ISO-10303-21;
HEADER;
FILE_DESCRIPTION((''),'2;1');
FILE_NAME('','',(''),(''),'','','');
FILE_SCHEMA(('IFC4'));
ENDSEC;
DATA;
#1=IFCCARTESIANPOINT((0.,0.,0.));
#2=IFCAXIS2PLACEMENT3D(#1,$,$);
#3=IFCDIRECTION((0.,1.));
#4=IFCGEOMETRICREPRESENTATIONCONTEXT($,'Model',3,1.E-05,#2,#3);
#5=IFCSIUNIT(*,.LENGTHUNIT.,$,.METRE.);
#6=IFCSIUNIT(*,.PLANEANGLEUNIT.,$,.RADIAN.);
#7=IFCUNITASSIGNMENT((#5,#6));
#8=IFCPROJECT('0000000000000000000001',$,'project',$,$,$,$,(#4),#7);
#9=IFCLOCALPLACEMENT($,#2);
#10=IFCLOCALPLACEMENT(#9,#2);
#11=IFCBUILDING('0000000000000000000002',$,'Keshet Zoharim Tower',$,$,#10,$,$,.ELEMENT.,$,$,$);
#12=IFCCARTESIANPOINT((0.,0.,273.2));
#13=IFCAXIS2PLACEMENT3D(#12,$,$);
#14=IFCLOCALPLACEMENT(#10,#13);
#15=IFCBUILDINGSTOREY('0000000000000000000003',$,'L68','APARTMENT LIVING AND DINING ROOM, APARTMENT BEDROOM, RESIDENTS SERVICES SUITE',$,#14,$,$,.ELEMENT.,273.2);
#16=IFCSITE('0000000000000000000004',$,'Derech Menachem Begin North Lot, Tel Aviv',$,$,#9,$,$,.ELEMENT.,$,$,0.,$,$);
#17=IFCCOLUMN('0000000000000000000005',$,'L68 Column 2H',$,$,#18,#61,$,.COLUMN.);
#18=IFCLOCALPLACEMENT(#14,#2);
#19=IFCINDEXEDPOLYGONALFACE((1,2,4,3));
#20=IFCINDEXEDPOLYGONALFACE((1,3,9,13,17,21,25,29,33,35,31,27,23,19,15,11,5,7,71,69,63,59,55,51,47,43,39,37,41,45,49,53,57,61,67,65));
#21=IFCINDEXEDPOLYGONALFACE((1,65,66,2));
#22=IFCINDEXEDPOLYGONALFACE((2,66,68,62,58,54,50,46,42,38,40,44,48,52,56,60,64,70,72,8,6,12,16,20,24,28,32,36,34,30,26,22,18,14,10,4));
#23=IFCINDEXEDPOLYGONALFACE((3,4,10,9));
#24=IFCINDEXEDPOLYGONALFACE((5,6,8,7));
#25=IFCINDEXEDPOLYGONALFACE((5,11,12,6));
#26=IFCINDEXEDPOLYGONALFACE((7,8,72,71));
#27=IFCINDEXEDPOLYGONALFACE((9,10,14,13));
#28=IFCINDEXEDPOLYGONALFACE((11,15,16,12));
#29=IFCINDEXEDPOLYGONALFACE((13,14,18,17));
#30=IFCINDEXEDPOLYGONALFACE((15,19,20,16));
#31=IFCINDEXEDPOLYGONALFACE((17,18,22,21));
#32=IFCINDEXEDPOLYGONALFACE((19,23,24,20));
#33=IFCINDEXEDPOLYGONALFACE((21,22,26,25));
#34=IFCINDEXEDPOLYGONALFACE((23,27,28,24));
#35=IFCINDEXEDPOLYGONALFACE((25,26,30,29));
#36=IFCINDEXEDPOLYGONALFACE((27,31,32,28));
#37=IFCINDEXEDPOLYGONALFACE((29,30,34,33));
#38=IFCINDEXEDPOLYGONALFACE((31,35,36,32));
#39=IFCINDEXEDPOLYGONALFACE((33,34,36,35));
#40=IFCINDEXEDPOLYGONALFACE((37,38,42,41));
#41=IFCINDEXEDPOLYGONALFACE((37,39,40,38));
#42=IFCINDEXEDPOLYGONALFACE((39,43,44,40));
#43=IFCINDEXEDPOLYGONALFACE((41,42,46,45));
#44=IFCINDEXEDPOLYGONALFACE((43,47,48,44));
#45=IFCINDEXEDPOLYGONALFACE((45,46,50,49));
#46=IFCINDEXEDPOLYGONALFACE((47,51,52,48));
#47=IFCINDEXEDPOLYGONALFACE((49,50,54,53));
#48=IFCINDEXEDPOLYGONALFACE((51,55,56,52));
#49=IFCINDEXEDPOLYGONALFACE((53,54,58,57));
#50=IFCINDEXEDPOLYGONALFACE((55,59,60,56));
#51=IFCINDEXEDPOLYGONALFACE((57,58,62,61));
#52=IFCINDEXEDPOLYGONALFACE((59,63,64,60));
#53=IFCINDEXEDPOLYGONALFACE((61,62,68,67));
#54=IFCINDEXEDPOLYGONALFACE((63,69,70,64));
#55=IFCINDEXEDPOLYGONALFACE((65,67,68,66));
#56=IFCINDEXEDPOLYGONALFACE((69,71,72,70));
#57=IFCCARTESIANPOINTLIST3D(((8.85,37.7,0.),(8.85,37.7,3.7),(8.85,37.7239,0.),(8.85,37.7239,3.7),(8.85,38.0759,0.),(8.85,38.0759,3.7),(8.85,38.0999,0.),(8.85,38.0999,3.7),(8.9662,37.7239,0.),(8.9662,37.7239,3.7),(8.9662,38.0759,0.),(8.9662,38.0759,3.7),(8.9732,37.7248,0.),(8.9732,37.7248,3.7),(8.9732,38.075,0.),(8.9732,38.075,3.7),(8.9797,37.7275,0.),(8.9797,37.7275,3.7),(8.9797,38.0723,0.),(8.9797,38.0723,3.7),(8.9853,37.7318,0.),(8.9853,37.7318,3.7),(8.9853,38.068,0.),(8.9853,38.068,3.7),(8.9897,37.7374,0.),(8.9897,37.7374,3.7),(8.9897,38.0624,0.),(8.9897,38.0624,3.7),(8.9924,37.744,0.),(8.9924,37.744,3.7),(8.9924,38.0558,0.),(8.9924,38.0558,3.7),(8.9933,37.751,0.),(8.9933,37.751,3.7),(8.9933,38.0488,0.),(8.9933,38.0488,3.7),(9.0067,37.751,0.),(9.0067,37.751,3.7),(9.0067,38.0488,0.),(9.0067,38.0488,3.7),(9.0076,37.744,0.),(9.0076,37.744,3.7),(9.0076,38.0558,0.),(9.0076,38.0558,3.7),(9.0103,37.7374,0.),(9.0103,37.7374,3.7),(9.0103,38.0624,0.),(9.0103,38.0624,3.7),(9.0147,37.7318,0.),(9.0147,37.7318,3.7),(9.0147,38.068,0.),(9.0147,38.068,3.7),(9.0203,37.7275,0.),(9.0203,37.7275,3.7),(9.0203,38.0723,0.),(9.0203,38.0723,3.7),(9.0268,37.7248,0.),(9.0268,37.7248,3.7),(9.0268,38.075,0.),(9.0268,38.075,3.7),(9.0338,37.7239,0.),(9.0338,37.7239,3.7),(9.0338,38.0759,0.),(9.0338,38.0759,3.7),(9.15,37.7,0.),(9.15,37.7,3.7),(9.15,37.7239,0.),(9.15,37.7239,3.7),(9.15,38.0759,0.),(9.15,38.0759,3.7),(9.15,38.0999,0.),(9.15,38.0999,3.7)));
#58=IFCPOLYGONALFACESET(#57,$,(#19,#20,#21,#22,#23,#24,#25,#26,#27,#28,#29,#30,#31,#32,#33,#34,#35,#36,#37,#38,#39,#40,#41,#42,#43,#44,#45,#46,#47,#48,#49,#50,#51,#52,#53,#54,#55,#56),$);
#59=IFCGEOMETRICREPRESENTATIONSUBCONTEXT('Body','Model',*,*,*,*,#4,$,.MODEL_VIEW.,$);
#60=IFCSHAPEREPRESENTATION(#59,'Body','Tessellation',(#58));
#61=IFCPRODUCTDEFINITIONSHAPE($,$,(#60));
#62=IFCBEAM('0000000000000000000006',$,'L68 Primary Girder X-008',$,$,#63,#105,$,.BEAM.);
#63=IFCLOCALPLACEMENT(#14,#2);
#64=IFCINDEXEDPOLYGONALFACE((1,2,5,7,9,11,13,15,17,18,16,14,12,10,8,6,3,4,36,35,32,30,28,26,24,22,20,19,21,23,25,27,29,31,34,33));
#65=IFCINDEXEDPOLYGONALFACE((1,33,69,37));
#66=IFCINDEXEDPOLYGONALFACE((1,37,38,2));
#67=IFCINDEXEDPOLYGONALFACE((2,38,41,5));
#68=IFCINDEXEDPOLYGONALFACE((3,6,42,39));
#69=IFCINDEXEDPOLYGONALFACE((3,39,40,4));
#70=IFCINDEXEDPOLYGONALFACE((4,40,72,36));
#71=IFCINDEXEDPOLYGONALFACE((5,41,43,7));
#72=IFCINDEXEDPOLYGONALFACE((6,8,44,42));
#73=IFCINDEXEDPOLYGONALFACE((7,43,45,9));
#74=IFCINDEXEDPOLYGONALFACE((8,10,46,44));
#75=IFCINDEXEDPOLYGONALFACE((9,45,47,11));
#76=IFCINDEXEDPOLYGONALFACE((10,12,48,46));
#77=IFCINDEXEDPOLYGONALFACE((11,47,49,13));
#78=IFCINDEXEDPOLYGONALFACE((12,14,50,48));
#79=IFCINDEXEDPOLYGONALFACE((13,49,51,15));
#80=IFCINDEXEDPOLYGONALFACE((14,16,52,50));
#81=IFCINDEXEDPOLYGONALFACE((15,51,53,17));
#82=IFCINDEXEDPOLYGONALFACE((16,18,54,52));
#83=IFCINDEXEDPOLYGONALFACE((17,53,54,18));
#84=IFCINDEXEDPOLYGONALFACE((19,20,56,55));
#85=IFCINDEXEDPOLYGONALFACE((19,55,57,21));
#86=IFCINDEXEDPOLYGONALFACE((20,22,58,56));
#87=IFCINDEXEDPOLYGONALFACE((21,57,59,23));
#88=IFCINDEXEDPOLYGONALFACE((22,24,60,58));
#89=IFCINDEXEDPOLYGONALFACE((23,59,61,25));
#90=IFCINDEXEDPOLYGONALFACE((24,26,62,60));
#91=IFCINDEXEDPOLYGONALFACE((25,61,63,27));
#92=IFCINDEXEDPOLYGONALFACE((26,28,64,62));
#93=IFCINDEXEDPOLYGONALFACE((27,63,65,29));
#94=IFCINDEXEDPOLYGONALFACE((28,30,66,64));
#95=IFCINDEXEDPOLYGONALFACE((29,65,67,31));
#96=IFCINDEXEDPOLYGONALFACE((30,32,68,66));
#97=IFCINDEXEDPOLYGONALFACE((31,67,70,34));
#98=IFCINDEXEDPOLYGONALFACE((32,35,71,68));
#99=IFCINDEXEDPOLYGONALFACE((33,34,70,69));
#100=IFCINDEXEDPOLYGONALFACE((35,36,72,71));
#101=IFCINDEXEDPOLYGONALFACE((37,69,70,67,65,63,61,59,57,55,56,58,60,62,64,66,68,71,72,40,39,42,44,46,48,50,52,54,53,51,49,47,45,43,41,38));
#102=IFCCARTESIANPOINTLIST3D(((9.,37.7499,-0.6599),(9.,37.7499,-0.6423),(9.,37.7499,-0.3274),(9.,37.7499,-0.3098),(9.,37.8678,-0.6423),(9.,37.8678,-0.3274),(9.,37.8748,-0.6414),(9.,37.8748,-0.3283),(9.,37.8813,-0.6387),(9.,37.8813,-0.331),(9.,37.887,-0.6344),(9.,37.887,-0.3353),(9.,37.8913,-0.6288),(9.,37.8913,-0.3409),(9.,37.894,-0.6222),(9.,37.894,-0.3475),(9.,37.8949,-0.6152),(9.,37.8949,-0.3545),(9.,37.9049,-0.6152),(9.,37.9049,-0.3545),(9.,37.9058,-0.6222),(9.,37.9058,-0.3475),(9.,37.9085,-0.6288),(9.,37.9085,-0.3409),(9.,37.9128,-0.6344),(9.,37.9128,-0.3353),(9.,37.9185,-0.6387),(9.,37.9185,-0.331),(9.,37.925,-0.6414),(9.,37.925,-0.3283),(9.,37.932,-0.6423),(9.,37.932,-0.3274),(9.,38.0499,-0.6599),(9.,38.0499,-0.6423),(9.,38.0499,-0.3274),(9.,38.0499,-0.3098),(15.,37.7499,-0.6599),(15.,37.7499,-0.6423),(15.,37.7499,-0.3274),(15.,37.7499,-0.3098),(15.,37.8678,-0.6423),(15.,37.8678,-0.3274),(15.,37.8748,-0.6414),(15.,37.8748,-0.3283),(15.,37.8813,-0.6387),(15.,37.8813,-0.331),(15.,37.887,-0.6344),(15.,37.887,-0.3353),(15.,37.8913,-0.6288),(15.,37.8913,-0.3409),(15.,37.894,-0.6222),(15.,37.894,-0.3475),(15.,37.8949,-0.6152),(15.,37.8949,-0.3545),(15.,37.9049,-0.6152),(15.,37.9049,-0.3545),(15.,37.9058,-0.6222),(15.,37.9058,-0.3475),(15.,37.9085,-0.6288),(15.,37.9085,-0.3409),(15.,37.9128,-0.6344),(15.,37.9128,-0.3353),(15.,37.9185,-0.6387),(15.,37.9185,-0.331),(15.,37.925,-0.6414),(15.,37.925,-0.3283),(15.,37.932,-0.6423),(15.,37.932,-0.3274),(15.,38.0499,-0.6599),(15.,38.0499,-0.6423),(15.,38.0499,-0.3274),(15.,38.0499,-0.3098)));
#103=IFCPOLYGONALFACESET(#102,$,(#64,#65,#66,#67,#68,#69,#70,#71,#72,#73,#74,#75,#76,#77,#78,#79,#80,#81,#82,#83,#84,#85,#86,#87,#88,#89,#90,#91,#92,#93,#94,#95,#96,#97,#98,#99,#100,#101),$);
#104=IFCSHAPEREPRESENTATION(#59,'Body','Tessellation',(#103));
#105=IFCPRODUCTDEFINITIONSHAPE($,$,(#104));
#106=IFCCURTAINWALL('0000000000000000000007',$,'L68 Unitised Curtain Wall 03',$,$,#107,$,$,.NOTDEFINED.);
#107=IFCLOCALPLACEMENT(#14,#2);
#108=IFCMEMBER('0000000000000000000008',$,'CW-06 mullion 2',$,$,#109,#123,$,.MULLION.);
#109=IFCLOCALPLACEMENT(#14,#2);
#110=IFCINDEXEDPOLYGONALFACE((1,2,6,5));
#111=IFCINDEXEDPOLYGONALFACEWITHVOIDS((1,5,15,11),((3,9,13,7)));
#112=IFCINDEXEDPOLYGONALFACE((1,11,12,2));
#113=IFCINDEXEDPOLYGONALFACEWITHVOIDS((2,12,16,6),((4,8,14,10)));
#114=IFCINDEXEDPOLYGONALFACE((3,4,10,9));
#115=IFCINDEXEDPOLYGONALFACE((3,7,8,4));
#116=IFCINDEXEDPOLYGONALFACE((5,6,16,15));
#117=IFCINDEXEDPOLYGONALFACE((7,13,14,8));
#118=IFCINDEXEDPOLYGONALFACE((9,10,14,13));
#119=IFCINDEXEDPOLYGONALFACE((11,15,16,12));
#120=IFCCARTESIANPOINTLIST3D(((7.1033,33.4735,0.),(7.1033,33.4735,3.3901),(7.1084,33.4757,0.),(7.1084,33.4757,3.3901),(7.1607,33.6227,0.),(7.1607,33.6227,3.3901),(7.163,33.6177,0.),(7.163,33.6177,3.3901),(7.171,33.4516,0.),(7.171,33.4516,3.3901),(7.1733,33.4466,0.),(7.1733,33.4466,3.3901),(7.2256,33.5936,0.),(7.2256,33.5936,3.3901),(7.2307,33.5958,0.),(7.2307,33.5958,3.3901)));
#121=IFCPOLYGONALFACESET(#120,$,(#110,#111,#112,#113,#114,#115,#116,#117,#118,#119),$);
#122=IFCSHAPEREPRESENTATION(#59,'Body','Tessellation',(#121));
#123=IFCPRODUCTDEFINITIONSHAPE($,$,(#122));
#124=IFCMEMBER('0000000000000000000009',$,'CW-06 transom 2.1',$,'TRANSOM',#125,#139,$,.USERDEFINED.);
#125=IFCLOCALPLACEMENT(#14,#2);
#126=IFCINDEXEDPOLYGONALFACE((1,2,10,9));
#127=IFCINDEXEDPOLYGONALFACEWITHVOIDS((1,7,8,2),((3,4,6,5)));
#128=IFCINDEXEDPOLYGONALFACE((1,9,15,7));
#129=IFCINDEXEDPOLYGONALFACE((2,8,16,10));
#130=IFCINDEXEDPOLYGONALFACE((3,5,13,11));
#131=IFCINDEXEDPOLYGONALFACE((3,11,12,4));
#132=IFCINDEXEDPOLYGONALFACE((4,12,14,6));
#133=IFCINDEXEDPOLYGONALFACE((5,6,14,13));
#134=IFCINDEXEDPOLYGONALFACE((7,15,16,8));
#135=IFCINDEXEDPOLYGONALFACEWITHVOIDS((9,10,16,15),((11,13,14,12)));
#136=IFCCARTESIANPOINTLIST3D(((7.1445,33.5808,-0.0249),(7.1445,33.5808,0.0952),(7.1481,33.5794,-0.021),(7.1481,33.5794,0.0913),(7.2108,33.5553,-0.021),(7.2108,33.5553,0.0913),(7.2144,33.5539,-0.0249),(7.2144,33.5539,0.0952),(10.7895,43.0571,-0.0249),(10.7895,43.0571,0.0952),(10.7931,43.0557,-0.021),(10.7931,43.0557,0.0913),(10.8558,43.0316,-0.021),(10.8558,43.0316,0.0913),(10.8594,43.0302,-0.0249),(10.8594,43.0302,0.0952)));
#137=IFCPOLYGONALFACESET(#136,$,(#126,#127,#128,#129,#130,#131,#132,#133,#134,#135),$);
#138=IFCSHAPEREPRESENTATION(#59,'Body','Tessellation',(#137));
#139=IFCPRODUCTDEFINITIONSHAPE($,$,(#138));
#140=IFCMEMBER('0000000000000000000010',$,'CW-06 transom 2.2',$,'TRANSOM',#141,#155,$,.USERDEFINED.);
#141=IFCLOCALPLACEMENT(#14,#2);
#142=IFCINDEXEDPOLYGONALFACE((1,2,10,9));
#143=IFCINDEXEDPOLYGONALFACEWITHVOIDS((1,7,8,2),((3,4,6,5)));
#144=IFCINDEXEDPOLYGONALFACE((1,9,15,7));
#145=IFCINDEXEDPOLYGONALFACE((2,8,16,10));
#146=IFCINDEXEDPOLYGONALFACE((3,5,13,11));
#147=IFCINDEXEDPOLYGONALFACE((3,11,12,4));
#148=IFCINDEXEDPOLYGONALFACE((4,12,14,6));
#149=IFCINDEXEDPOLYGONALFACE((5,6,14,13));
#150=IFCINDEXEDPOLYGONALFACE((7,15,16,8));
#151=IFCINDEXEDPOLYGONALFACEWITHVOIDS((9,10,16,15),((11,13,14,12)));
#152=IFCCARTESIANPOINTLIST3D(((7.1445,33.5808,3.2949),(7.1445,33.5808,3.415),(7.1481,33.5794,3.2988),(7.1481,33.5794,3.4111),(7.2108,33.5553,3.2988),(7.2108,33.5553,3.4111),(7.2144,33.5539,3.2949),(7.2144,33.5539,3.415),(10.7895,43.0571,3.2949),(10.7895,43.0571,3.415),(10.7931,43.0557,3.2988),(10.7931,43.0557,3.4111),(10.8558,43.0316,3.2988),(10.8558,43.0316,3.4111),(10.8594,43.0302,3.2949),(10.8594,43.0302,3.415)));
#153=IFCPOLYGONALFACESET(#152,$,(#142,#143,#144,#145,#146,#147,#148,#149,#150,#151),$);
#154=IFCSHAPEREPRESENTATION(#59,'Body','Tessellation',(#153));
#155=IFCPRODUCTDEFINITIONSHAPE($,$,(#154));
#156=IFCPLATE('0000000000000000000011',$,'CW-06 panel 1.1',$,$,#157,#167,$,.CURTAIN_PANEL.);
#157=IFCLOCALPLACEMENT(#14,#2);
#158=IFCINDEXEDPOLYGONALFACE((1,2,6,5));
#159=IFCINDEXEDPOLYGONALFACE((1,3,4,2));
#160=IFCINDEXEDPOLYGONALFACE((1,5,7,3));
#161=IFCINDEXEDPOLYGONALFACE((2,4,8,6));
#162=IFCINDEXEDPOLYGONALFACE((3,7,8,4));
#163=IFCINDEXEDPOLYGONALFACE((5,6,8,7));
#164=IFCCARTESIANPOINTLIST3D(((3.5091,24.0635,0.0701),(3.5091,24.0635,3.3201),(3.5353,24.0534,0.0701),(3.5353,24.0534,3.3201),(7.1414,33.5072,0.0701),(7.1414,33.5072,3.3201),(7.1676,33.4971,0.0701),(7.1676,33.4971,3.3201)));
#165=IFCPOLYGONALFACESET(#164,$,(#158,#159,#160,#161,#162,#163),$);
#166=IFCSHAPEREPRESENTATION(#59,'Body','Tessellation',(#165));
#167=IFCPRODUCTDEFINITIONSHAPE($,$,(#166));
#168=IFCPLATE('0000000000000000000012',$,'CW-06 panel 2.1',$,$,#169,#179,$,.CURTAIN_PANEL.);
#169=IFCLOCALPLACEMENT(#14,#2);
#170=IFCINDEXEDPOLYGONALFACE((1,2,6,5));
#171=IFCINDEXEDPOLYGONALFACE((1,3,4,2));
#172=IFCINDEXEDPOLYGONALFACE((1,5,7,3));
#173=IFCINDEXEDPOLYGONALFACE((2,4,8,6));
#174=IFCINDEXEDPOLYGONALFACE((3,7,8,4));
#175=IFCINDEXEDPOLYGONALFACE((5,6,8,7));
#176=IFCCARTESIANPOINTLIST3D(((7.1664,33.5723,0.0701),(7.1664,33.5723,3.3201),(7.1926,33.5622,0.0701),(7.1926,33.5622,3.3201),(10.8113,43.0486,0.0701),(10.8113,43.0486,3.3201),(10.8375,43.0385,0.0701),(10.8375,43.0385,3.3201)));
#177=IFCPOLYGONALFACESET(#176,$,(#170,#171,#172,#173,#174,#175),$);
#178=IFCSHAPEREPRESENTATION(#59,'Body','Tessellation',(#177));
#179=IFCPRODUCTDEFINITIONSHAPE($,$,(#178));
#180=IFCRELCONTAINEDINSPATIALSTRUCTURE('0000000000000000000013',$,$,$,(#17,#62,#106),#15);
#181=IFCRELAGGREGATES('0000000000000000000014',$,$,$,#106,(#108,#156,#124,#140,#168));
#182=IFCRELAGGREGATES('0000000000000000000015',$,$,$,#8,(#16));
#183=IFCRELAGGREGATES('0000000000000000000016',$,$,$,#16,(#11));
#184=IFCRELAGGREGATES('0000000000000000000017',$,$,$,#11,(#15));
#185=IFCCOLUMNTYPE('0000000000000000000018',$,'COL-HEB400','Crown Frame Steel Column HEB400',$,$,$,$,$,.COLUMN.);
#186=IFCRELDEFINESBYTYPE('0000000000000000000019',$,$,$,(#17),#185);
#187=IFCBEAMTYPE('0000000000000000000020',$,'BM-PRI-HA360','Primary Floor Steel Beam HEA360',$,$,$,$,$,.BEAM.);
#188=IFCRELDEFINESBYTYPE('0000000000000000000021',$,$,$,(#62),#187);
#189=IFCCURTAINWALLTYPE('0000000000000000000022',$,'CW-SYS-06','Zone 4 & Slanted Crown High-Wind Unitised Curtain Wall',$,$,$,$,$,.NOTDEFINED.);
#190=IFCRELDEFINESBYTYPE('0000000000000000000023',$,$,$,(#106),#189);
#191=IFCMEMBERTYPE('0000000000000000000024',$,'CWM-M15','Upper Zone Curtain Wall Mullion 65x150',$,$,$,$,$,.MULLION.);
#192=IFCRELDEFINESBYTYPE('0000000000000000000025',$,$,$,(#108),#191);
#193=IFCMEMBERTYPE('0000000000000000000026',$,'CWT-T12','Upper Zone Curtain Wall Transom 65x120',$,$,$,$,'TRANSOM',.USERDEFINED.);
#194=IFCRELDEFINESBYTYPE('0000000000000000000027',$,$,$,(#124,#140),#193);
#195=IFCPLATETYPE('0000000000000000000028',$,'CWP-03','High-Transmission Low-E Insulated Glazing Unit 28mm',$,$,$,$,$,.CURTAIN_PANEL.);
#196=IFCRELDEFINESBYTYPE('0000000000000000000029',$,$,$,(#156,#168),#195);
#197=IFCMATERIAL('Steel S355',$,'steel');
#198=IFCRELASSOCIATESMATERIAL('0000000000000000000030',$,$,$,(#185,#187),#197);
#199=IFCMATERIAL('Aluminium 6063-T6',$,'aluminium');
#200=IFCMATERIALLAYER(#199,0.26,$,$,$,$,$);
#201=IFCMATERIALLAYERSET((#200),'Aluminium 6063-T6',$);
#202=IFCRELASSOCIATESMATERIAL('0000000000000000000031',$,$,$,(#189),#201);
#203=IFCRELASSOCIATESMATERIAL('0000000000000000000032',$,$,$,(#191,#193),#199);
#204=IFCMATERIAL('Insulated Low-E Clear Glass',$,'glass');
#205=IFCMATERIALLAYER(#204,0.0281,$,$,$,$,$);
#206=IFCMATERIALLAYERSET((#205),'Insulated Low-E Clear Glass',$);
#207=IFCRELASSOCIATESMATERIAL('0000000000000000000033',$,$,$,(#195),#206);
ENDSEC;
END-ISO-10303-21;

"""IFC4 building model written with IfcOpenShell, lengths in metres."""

from ifc_helpers import new_model, si_unit, direction, frame, origin, origin_2d, place, context, subcontext, project, spatial, rectangle, hollow_rectangle, i_section, extrude, material, layer, layer_set, material_profile, profile_set, type_object, element, aggregate, save


model = new_model("IFC4")

# Units and contexts
model_context = context("Model", 3, precision=1e-05, world=origin(), true_north=direction((0.0, 1.0)))
body_context = subcontext(model_context, "Body", "Model", "MODEL_VIEW")
ifc_project = project(units=[si_unit("LENGTHUNIT", "METRE"), si_unit("PLANEANGLEUNIT", "RADIAN")], contexts=[model_context])

# Site, building, storey
site_placement = place(None, origin())
site = spatial("IfcSite", under=ifc_project, at=site_placement, Name="Derech Menachem Begin North Lot, Tel Aviv", CompositionType="ELEMENT", RefElevation=0.0)
building_placement = place(site_placement, origin())
building = spatial("IfcBuilding", under=site, at=building_placement, Name="Keshet Zoharim Tower", CompositionType="ELEMENT")
storey_placement = place(building_placement, frame((0.0, 0.0, 273.2)))
storey = spatial("IfcBuildingStorey", under=building, at=storey_placement, Name="L68", Description="APARTMENT LIVING AND DINING ROOM, APARTMENT BEDROOM, RESIDENTS SERVICES SUITE", CompositionType="ELEMENT", Elevation=273.2)

# Column
ifc_material_1 = material(Name="Steel S355", Category="steel")
ifc_material_profile_1 = material_profile(ifc_material_1, i_section(OverallWidth=0.3, OverallDepth=0.3999, WebThickness=0.0134, FlangeThickness=0.0239, FilletRadius=0.0271, at=origin_2d()), Name="HEB400")
ifc_profile_set_1 = profile_set([ifc_material_profile_1], Name="Steel S355")
column_type = type_object("IfcColumnType", Name="COL-HEB400", Description="Crown Frame Steel Column HEB400", PredefinedType="COLUMN", material=ifc_profile_set_1)
column_placement = place(storey_placement, frame((9.0, 37.8999, 0.0), z_axis=(0.0, 0.0, 1.0), x_axis=(1.0, 0.0, 0.0)))
element("IfcColumn", 1, at=column_placement, inside=storey, type_object=column_type, Name="L68 Column 2H", PredefinedType="COLUMN", context=body_context, shape_type="SweptSolid", body=[
    extrude(i_section(OverallWidth=0.3, OverallDepth=0.3999, WebThickness=0.0134, FlangeThickness=0.0239, FilletRadius=0.0271, at=origin_2d()), origin(), (0.0, 0.0, 1.0), 3.7),
])

# Beam
ifc_material_profile_2 = material_profile(ifc_material_1, i_section(OverallWidth=0.3, OverallDepth=0.3501, WebThickness=0.01, FlangeThickness=0.0176, FilletRadius=0.0271, at=origin_2d()), Name="HEA360")
ifc_profile_set_2 = profile_set([ifc_material_profile_2], Name="Steel S355")
beam_type = type_object("IfcBeamType", Name="BM-PRI-HA360", Description="Primary Floor Steel Beam HEA360", PredefinedType="BEAM", material=ifc_profile_set_2)
beam_placement = place(storey_placement, frame((9.0, 37.8999, -0.4849), z_axis=(1.0, 0.0, 0.0), x_axis=(0.0, 1.0, 0.0)))
element("IfcBeam", 2, at=beam_placement, inside=storey, type_object=beam_type, Name="L68 Primary Girder X-008", PredefinedType="BEAM", context=body_context, shape_type="SweptSolid", body=[
    extrude(i_section(OverallWidth=0.3, OverallDepth=0.3501, WebThickness=0.01, FlangeThickness=0.0176, FilletRadius=0.0271, at=origin_2d()), origin(), (0.0, 0.0, 1.0), 6.0),
])

# Curtain wall, members, plates
ifc_material_2 = material(Name="Aluminium 6063-T6", Category="aluminium")
ifc_layer_1 = layer(ifc_material_2, 0.26)
ifc_layer_set_1 = layer_set([ifc_layer_1], Name="Aluminium 6063-T6")
curtain_wall_type = type_object("IfcCurtainWallType", Name="CW-SYS-06", Description="Zone 4 & Slanted Crown High-Wind Unitised Curtain Wall", PredefinedType="NOTDEFINED", material=ifc_layer_set_1)
curtain_wall_placement = place(storey_placement, origin())
curtain_wall = element("IfcCurtainWall", 3, at=curtain_wall_placement, inside=storey, type_object=curtain_wall_type, Name="L68 Unitised Curtain Wall 03", PredefinedType="NOTDEFINED")
ifc_material_profile_3 = material_profile(ifc_material_2, hollow_rectangle(XDim=0.075, YDim=0.1599, WallThickness=0.0039, at=origin_2d()), Name="MUL-75x160")
ifc_profile_set_3 = profile_set([ifc_material_profile_3], Name="Aluminium 6063-T6")
member_type_1 = type_object("IfcMemberType", Name="CWM-M15", Description="Upper Zone Curtain Wall Mullion 65x150", PredefinedType="MULLION", material=ifc_profile_set_3)
member_1_placement = place(storey_placement, frame((7.167, 33.5347, 0.0), z_axis=(0.0, 0.0, 1.0), x_axis=(-0.933341, 0.35899, 0.0)))
member_1 = element("IfcMember", 4, at=member_1_placement, type_object=member_type_1, Name="CW-06 mullion 2", PredefinedType="MULLION", context=body_context, shape_type="SweptSolid", body=[
    extrude(hollow_rectangle(XDim=0.075, YDim=0.1599, WallThickness=0.0039, at=origin_2d()), origin(), (0.0, 0.0, 1.0), 3.3901),
])
ifc_material_profile_4 = material_profile(ifc_material_2, hollow_rectangle(XDim=0.075, YDim=0.1201, WallThickness=0.0039, at=origin_2d()), Name="TRN-75x120")
ifc_profile_set_4 = profile_set([ifc_material_profile_4], Name="Aluminium 6063-T6")
member_type_2 = type_object("IfcMemberType", Name="CWT-T12", Description="Upper Zone Curtain Wall Transom 65x120", ElementType="TRANSOM", PredefinedType="USERDEFINED", material=ifc_profile_set_4)
member_2_placement = place(storey_placement, frame((7.1794, 33.5674, 0.0352), z_axis=(0.359003, 0.933336, 0.0), x_axis=(-0.933336, 0.359003, 0.0)))
member_2 = element("IfcMember", 5, at=member_2_placement, type_object=member_type_2, Name="CW-06 transom 2.1", ObjectType="TRANSOM", PredefinedType="USERDEFINED", context=body_context, shape_type="SweptSolid", body=[
    extrude(hollow_rectangle(XDim=0.075, YDim=0.1201, WallThickness=0.0039, at=origin_2d()), origin(), (0.0, 0.0, 1.0), 10.1531),
])
member_3_placement = place(storey_placement, frame((7.1794, 33.5674, 3.355), z_axis=(0.359003, 0.933336, 0.0), x_axis=(-0.933336, 0.359003, 0.0)))
member_3 = element("IfcMember", 6, at=member_3_placement, type_object=member_type_2, Name="CW-06 transom 2.2", ObjectType="TRANSOM", PredefinedType="USERDEFINED", context=body_context, shape_type="SweptSolid", body=[
    extrude(hollow_rectangle(XDim=0.075, YDim=0.1201, WallThickness=0.0039, at=origin_2d()), origin(), (0.0, 0.0, 1.0), 10.1531),
])
ifc_material_3 = material(Name="Insulated Low-E Clear Glass", Category="glass")
ifc_layer_2 = layer(ifc_material_3, 0.0281)
ifc_layer_set_2 = layer_set([ifc_layer_2], Name="Insulated Low-E Clear Glass")
plate_type = type_object("IfcPlateType", Name="CWP-03", Description="High-Transmission Low-E Insulated Glazing Unit 28mm", PredefinedType="CURTAIN_PANEL", material=ifc_layer_set_2)
plate_1_placement = place(storey_placement, frame((5.3384, 28.7803, 0.0701), z_axis=(0.0, 0.0, 1.0), x_axis=(0.35899, 0.933341, 0.0)))
plate_1 = element("IfcPlate", 7, at=plate_1_placement, type_object=plate_type, Name="CW-06 panel 1.1", PredefinedType="CURTAIN_PANEL", context=body_context, shape_type="SweptSolid", body=[
    extrude(rectangle(XDim=10.1182, YDim=0.0281, at=origin_2d()), origin(), (0.0, 0.0, 1.0), 3.25),
])
plate_2_placement = place(storey_placement, frame((9.002, 38.3054, 0.0701), z_axis=(0.0, 0.0, 1.0), x_axis=(0.35899, 0.933341, 0.0)))
plate_2 = element("IfcPlate", 8, at=plate_2_placement, type_object=plate_type, Name="CW-06 panel 2.1", PredefinedType="CURTAIN_PANEL", context=body_context, shape_type="SweptSolid", body=[
    extrude(rectangle(XDim=10.1531, YDim=0.0281, at=origin_2d()), origin(), (0.0, 0.0, 1.0), 3.25),
])
aggregate(curtain_wall, [member_1, plate_1, member_2, member_3, plate_2])

save(model, "model.ifc")
